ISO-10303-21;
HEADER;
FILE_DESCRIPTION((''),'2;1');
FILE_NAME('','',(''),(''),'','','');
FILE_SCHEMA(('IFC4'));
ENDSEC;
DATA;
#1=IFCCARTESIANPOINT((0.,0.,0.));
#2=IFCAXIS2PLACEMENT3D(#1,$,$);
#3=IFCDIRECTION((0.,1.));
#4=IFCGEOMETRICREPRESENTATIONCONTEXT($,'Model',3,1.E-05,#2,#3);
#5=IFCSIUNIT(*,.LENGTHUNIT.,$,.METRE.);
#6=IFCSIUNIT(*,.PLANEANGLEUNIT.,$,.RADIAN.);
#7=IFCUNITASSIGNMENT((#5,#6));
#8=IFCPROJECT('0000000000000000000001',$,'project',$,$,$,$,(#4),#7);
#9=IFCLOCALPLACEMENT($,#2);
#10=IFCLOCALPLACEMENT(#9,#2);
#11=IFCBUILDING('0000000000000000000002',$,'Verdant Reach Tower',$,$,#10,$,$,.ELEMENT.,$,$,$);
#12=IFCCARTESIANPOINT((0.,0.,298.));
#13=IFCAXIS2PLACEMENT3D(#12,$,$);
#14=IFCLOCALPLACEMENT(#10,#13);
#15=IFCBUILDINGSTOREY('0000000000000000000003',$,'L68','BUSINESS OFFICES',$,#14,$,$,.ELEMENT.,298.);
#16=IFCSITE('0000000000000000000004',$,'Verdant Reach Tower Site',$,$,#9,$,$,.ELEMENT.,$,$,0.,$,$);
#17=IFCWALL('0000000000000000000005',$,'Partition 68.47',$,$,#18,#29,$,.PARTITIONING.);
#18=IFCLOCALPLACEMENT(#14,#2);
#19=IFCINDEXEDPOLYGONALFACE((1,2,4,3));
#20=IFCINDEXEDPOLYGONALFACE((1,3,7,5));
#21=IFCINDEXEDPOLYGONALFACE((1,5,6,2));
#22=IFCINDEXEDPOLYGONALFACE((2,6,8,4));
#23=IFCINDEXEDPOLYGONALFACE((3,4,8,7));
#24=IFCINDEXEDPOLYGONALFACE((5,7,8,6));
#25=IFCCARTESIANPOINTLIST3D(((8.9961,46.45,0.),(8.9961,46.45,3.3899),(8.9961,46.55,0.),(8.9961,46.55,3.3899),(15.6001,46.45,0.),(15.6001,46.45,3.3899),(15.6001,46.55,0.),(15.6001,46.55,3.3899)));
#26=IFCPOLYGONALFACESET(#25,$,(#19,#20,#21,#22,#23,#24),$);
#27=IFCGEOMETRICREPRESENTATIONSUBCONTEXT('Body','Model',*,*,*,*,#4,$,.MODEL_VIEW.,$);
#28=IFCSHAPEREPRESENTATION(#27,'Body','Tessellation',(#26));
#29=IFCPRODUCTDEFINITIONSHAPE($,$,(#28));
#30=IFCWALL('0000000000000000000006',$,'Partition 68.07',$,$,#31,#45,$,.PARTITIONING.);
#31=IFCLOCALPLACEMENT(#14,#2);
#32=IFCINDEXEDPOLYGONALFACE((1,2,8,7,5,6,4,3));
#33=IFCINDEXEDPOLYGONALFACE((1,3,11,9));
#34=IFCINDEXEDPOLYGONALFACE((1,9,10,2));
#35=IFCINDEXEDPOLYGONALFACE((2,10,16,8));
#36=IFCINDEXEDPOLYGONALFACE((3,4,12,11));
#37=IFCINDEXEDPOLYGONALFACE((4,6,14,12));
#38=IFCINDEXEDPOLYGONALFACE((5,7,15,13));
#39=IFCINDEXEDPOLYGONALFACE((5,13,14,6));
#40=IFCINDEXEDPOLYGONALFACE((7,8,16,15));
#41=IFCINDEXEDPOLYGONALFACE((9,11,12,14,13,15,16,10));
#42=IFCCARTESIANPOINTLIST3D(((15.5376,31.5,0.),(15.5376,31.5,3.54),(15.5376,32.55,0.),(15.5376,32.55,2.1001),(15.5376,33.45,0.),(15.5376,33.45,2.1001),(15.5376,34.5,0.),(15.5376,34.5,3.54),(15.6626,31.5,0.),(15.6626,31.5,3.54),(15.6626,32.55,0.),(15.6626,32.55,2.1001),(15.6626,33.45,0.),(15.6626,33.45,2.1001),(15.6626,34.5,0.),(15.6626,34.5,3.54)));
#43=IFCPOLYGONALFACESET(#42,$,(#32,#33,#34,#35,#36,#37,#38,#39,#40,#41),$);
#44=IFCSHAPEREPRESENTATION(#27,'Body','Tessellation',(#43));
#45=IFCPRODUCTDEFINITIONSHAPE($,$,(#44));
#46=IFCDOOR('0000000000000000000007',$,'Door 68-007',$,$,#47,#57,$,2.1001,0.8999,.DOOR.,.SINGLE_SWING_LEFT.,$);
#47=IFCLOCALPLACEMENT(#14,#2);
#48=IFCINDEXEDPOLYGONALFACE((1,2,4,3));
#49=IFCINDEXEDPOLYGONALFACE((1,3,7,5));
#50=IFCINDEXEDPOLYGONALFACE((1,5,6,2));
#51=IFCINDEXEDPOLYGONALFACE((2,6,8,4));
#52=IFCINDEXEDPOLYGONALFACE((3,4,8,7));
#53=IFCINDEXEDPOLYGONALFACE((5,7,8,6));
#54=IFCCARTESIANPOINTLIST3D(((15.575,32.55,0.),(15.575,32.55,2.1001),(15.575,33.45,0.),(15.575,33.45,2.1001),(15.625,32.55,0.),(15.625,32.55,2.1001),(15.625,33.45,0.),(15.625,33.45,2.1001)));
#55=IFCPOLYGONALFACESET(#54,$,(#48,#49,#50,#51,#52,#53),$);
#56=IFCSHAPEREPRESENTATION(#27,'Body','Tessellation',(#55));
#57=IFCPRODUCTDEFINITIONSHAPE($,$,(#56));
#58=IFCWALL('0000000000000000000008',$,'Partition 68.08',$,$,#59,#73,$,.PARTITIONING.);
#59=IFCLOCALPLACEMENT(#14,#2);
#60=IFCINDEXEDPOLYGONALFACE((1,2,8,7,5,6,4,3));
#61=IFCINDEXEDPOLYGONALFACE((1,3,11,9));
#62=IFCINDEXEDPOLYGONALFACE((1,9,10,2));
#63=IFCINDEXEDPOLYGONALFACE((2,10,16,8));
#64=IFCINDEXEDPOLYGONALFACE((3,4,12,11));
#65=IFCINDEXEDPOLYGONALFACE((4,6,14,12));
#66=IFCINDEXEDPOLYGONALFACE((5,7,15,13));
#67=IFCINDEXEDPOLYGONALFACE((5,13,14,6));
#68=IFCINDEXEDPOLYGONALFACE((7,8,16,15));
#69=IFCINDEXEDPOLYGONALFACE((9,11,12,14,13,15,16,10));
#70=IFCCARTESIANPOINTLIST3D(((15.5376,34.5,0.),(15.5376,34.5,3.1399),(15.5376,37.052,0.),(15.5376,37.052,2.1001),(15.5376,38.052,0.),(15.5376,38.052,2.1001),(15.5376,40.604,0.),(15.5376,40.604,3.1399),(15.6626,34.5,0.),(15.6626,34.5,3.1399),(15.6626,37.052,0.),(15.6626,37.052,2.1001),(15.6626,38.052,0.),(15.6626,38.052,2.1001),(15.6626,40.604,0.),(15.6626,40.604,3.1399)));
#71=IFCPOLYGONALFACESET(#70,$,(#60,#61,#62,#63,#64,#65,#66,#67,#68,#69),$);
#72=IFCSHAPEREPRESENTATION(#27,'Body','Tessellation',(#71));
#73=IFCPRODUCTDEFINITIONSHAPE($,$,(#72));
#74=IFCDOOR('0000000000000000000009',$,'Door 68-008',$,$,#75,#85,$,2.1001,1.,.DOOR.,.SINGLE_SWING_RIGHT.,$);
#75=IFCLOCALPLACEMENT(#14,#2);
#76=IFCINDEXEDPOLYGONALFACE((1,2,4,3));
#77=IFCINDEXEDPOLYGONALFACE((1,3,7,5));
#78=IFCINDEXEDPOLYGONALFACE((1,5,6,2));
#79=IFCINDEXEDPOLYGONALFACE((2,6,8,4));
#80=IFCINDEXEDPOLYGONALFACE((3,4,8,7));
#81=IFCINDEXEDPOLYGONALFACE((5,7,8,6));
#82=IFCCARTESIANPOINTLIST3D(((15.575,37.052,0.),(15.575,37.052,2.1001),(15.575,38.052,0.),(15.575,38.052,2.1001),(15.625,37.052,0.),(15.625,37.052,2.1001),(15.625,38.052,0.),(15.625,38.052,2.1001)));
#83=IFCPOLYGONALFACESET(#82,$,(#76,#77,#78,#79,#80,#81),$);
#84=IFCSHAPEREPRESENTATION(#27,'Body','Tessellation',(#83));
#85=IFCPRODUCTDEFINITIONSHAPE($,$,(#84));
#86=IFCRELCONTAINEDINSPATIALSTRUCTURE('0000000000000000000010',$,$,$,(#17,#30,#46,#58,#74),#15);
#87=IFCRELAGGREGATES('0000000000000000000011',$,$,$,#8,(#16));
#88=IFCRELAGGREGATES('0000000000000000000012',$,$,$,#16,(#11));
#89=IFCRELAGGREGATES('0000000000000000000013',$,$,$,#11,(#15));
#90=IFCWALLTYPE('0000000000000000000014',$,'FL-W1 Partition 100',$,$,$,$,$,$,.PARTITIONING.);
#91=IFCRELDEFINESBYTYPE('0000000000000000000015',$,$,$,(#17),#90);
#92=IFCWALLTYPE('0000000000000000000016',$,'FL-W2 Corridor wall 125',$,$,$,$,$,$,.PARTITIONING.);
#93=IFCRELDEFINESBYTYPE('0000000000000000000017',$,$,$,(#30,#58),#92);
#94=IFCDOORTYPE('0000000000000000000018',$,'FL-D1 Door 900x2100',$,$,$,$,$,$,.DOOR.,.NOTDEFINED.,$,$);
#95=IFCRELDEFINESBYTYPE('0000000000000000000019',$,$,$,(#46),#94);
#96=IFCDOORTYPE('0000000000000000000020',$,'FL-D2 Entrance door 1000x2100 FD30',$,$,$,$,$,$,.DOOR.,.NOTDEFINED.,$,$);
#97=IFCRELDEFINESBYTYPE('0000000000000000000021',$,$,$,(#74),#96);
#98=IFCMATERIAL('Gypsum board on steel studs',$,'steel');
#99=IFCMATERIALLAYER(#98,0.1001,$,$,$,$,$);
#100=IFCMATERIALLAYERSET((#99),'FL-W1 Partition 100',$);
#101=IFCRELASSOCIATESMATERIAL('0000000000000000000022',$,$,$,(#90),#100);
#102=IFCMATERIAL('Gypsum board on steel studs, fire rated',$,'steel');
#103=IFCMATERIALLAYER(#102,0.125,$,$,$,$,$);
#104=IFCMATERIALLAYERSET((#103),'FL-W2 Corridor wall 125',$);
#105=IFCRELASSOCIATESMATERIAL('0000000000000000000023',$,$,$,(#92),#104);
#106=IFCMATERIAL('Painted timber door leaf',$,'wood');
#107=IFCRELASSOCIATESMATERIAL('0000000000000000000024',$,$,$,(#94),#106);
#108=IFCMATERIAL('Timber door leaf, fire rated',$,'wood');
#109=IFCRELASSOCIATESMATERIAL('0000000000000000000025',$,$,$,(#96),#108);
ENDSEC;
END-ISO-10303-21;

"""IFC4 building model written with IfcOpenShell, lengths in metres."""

from ifc_helpers import new_model, si_unit, direction, frame, frame_2d, origin, place, context, subcontext, project, spatial, rectangle, extrude, material, layer, layer_set, type_object, element, fill, save


model = new_model("IFC4")

# Units and contexts
model_context = context("Model", 3, precision=1e-05, world=origin(), true_north=direction((0.0, 1.0)))
body_context = subcontext(model_context, "Body", "Model", "MODEL_VIEW")
ifc_project = project(units=[si_unit("LENGTHUNIT", "METRE"), si_unit("PLANEANGLEUNIT", "RADIAN")], contexts=[model_context])

# Site, building, storey
site_placement = place(None, origin())
site = spatial("IfcSite", under=ifc_project, at=site_placement, Name="Verdant Reach Tower Site", CompositionType="ELEMENT", RefElevation=0.0)
building_placement = place(site_placement, origin())
building = spatial("IfcBuilding", under=site, at=building_placement, Name="Verdant Reach Tower", CompositionType="ELEMENT")
storey_placement = place(building_placement, frame((0.0, 0.0, 298.0)))
storey = spatial("IfcBuildingStorey", under=building, at=storey_placement, Name="L68", Description="BUSINESS OFFICES", CompositionType="ELEMENT", Elevation=298.0)

# Wall
ifc_material_1 = material(Name="Gypsum board on steel studs", Category="steel")
ifc_layer_1 = layer(ifc_material_1, 0.1001)
ifc_layer_set_1 = layer_set([ifc_layer_1], Name="FL-W1 Partition 100")
wall_type_1 = type_object("IfcWallType", Name="FL-W1 Partition 100", PredefinedType="PARTITIONING", material=ifc_layer_set_1)
wall_1_placement = place(storey_placement, frame((15.6001, 46.5, 0.0), z_axis=(0.0, 0.0, 1.0), x_axis=(-1.0, 0.0, 0.0)))
element("IfcWall", 1, at=wall_1_placement, inside=storey, type_object=wall_type_1, Name="Partition 68.47", PredefinedType="PARTITIONING", context=body_context, shape_type="SweptSolid", body=[
    extrude(rectangle(XDim=6.604, YDim=0.1001, at=frame_2d((3.302, 0.0))), origin(), (0.0, 0.0, 1.0), 3.3899),
])

# Walls, openings, doors
ifc_material_2 = material(Name="Gypsum board on steel studs, fire rated", Category="steel")
ifc_layer_2 = layer(ifc_material_2, 0.125)
ifc_layer_set_2 = layer_set([ifc_layer_2], Name="FL-W2 Corridor wall 125")
wall_type_2 = type_object("IfcWallType", Name="FL-W2 Corridor wall 125", PredefinedType="PARTITIONING", material=ifc_layer_set_2)
wall_2_placement = place(storey_placement, frame((15.6001, 34.5, 0.0), z_axis=(0.0, 0.0, 1.0), x_axis=(0.0, -1.0, 0.0)))
wall_2 = element("IfcWall", 2, at=wall_2_placement, inside=storey, type_object=wall_type_2, Name="Partition 68.07", PredefinedType="PARTITIONING", context=body_context, shape_type="SweptSolid", body=[
    extrude(rectangle(XDim=3.0, YDim=0.125, at=frame_2d((1.5, 0.0))), origin(), (0.0, 0.0, 1.0), 3.54),
])
opening_1_placement = place(wall_2_placement, frame((1.05, 0.0, 0.0)))
opening_1 = element("IfcOpeningElement", 3, at=opening_1_placement, cuts=wall_2, PredefinedType="OPENING", context=body_context, shape_type="SweptSolid", body=[
    extrude(rectangle(XDim=0.8999, YDim=2.1001, at=frame_2d((0.45, 1.05))), frame((0.0, 0.0725, 0.0), z_axis=(0.0, -1.0, 0.0), x_axis=(1.0, 0.0, 0.0)), (0.0, 0.0, 1.0), 0.145),
])
ifc_material_3 = material(Name="Painted timber door leaf", Category="wood")
door_type_1 = type_object("IfcDoorType", Name="FL-D1 Door 900x2100", OperationType="NOTDEFINED", PredefinedType="DOOR", material=ifc_material_3)
door_1_placement = place(opening_1_placement, origin())
door_1 = element("IfcDoor", 4, at=door_1_placement, inside=storey, type_object=door_type_1, Name="Door 68-007", OperationType="SINGLE_SWING_LEFT", OverallHeight=2.1001, OverallWidth=0.8999, PredefinedType="DOOR", context=body_context, shape_type="SweptSolid", body=[
    extrude(rectangle(XDim=0.8999, YDim=2.1001, at=frame_2d((0.45, 1.05))), frame((0.0, 0.0249, 0.0), z_axis=(0.0, -1.0, 0.0), x_axis=(1.0, 0.0, 0.0)), (0.0, 0.0, 1.0), 0.05),
])
fill(opening_1, door_1)
wall_3_placement = place(storey_placement, frame((15.6001, 40.604, 0.0), z_axis=(0.0, 0.0, 1.0), x_axis=(0.0, -1.0, 0.0)))
wall_3 = element("IfcWall", 5, at=wall_3_placement, inside=storey, type_object=wall_type_2, Name="Partition 68.08", PredefinedType="PARTITIONING", context=body_context, shape_type="SweptSolid", body=[
    extrude(rectangle(XDim=6.104, YDim=0.125, at=frame_2d((3.052, 0.0))), origin(), (0.0, 0.0, 1.0), 3.1399),
])
opening_2_placement = place(wall_3_placement, frame((2.552, 0.0, 0.0)))
opening_2 = element("IfcOpeningElement", 6, at=opening_2_placement, cuts=wall_3, PredefinedType="OPENING", context=body_context, shape_type="SweptSolid", body=[
    extrude(rectangle(XDim=1.0, YDim=2.1001, at=frame_2d((0.5, 1.05))), frame((0.0, 0.0725, 0.0), z_axis=(0.0, -1.0, 0.0), x_axis=(1.0, 0.0, 0.0)), (0.0, 0.0, 1.0), 0.145),
])
ifc_material_4 = material(Name="Timber door leaf, fire rated", Category="wood")
door_type_2 = type_object("IfcDoorType", Name="FL-D2 Entrance door 1000x2100 FD30", OperationType="NOTDEFINED", PredefinedType="DOOR", material=ifc_material_4)
door_2_placement = place(opening_2_placement, origin())
door_2 = element("IfcDoor", 7, at=door_2_placement, inside=storey, type_object=door_type_2, Name="Door 68-008", OperationType="SINGLE_SWING_RIGHT", OverallHeight=2.1001, OverallWidth=1.0, PredefinedType="DOOR", context=body_context, shape_type="SweptSolid", body=[
    extrude(rectangle(XDim=1.0, YDim=2.1001, at=frame_2d((0.5, 1.05))), frame((0.0, 0.0249, 0.0), z_axis=(0.0, -1.0, 0.0), x_axis=(1.0, 0.0, 0.0)), (0.0, 0.0, 1.0), 0.05),
])
fill(opening_2, door_2)

save(model, "model.ifc")
